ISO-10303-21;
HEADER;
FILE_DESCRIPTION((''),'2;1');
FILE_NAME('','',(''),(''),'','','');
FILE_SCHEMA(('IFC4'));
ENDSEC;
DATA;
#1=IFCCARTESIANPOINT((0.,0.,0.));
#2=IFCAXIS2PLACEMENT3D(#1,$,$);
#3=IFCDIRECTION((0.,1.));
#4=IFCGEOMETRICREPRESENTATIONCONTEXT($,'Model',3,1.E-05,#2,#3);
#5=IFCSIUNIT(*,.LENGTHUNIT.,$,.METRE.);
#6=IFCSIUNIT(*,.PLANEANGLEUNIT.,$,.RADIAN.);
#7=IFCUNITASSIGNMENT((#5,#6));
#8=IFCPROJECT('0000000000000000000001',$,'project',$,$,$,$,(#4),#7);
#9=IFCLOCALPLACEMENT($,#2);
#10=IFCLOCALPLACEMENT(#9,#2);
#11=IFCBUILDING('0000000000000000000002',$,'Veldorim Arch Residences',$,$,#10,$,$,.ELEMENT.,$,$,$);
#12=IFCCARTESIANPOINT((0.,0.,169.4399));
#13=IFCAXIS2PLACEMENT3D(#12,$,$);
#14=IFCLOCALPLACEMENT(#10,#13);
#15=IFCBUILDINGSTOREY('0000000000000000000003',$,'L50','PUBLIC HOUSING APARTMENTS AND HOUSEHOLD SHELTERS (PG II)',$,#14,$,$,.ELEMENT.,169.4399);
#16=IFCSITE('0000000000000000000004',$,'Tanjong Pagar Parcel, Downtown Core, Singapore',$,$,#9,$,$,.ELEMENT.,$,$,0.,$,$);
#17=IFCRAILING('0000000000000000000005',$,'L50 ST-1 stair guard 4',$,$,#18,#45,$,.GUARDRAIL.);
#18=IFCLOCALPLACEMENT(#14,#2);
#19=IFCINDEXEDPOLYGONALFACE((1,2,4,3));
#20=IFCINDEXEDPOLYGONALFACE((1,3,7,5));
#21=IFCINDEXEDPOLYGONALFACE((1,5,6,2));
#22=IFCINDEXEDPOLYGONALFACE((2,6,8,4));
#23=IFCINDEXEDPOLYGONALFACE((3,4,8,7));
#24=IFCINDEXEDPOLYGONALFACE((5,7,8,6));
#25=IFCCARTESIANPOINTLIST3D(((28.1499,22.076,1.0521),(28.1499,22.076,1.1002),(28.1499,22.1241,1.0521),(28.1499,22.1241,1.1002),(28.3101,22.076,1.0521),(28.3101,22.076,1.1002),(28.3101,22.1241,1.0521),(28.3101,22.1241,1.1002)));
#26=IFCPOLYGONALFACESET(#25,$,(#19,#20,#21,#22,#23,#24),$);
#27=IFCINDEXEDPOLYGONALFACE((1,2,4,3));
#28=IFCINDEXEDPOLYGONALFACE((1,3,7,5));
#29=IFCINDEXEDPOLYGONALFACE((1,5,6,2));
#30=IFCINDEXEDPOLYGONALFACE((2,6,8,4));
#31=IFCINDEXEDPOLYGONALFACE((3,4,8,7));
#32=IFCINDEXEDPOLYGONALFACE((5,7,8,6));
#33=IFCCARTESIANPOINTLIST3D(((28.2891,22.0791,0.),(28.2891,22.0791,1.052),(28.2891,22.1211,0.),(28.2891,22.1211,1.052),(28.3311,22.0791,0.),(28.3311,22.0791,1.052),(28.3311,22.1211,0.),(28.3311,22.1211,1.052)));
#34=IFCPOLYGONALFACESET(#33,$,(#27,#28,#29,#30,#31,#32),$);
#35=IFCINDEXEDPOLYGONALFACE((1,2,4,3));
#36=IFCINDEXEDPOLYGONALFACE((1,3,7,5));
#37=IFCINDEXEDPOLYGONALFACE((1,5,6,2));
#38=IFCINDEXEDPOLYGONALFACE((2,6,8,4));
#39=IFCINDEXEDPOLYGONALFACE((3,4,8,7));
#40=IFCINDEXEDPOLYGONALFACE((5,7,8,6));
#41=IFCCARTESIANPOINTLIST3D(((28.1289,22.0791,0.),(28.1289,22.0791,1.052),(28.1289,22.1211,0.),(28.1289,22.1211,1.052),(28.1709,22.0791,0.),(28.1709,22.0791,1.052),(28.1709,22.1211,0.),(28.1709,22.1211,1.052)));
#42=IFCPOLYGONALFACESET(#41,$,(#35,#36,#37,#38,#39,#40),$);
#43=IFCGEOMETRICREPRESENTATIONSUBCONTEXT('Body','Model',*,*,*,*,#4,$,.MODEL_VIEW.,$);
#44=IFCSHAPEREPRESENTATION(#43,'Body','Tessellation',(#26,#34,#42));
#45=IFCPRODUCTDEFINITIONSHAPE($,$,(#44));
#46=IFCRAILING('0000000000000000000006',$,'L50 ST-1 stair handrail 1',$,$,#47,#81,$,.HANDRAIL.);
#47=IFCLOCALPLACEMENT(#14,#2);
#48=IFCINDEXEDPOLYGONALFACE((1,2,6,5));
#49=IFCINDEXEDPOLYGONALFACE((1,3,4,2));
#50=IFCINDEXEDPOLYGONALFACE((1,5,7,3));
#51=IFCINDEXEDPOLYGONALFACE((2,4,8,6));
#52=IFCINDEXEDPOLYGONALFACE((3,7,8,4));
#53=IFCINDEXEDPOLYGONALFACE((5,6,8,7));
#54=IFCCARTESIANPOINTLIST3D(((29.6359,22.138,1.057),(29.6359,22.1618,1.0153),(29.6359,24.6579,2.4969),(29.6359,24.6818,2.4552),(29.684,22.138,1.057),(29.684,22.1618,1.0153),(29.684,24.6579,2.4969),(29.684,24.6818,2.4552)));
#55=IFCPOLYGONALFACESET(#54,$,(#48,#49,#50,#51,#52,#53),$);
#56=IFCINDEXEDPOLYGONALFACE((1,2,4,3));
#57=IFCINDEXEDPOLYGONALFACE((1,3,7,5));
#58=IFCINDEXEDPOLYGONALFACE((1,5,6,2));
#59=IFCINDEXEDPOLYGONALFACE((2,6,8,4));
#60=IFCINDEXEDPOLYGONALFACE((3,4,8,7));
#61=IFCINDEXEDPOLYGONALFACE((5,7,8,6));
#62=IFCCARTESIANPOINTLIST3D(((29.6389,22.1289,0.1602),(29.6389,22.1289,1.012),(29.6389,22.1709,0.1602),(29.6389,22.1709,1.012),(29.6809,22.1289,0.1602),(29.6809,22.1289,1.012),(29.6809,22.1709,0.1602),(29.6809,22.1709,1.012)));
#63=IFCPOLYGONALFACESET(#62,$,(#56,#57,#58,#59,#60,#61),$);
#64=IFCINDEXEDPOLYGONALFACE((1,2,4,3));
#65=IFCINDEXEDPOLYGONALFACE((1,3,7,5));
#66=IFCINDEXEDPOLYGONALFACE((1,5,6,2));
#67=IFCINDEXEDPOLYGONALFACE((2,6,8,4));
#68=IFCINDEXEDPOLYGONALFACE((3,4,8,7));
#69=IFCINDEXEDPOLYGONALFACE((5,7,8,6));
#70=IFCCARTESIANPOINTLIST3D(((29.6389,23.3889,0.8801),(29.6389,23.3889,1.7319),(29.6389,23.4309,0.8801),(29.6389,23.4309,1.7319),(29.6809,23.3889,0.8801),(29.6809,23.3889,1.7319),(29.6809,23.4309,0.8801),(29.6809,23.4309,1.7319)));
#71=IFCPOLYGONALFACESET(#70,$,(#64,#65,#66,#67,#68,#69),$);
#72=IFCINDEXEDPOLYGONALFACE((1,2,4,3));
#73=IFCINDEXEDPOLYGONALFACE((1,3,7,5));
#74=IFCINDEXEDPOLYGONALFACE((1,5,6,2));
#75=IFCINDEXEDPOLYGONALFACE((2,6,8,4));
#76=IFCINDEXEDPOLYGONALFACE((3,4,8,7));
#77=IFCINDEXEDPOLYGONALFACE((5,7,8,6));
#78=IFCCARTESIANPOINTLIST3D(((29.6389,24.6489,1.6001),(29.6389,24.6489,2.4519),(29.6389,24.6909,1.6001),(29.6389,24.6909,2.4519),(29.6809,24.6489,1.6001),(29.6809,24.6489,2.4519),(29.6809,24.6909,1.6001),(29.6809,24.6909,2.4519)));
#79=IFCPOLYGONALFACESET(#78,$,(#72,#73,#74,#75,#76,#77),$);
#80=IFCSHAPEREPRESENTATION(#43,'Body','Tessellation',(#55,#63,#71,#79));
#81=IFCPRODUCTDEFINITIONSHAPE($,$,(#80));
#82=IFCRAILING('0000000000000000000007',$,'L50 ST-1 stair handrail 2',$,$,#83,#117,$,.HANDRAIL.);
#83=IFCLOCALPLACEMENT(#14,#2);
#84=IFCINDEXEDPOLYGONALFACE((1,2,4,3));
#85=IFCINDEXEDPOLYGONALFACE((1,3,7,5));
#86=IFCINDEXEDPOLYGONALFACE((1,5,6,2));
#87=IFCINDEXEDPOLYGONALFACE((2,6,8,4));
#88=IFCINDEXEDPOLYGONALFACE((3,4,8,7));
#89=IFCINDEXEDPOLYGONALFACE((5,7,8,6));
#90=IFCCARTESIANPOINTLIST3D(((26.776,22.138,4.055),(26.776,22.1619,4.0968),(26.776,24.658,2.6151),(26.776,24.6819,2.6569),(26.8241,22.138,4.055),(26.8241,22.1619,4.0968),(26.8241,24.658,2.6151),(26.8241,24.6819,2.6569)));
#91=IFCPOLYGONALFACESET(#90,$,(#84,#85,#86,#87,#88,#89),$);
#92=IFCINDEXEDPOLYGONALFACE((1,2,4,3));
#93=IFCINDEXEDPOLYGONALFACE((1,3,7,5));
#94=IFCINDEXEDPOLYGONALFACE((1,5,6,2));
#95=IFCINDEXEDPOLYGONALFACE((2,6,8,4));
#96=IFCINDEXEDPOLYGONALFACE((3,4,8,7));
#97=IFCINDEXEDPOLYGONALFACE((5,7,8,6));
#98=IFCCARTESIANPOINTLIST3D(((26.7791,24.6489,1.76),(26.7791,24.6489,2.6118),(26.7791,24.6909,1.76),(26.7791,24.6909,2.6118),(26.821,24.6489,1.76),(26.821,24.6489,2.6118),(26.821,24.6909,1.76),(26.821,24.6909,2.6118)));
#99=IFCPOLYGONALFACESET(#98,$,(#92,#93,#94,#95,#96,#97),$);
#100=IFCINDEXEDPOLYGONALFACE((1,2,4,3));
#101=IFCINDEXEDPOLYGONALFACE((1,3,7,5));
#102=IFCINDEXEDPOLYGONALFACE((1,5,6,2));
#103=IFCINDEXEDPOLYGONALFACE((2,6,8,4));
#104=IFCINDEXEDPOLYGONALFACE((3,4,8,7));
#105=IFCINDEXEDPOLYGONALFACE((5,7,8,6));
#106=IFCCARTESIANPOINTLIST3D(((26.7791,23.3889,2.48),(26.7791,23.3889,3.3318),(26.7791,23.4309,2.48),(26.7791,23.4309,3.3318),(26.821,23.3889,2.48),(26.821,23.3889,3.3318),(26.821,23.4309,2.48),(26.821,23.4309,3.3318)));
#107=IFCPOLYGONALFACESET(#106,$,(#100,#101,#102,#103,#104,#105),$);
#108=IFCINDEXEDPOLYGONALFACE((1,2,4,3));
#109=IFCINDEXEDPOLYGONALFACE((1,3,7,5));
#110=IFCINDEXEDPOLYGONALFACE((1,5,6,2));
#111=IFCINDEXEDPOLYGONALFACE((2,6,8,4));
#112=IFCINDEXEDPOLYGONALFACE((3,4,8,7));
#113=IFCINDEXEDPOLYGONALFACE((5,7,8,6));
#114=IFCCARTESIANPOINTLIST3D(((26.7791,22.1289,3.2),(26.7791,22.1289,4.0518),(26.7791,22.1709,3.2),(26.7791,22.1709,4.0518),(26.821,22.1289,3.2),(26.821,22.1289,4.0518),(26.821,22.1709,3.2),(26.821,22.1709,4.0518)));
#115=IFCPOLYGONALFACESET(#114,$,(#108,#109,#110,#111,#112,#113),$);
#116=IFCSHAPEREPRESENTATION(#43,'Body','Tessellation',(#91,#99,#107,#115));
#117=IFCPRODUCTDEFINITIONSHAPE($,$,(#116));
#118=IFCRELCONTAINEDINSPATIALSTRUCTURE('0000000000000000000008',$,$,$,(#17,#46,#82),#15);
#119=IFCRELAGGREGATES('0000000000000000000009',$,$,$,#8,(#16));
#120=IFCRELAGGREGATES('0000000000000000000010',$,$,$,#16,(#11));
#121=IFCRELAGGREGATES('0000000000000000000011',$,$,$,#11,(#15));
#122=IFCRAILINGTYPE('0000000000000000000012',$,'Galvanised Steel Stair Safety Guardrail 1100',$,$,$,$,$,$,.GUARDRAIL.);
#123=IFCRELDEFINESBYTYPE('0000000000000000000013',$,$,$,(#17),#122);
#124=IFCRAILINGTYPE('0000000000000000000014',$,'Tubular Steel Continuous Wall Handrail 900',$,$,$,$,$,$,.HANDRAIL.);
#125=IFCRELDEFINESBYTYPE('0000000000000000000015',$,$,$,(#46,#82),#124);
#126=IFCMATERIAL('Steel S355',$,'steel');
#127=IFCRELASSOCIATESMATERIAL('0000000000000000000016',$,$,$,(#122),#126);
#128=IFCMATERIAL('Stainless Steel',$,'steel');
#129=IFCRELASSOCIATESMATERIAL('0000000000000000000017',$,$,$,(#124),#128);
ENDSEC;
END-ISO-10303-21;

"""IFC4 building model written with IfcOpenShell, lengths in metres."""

from ifc_helpers import new_model, si_unit, direction, frame, origin, origin_2d, place, context, subcontext, project, spatial, rectangle, extrude, material, type_object, element, save


model = new_model("IFC4")

# Units and contexts
model_context = context("Model", 3, precision=1e-05, world=origin(), true_north=direction((0.0, 1.0)))
body_context = subcontext(model_context, "Body", "Model", "MODEL_VIEW")
ifc_project = project(units=[si_unit("LENGTHUNIT", "METRE"), si_unit("PLANEANGLEUNIT", "RADIAN")], contexts=[model_context])

# Site, building, storey
site_placement = place(None, origin())
site = spatial("IfcSite", under=ifc_project, at=site_placement, Name="Tanjong Pagar Parcel, Downtown Core, Singapore", CompositionType="ELEMENT", RefElevation=0.0)
building_placement = place(site_placement, origin())
building = spatial("IfcBuilding", under=site, at=building_placement, Name="Veldorim Arch Residences", CompositionType="ELEMENT")
storey_placement = place(building_placement, frame((0.0, 0.0, 169.4399)))
storey = spatial("IfcBuildingStorey", under=building, at=storey_placement, Name="L50", Description="PUBLIC HOUSING APARTMENTS AND HOUSEHOLD SHELTERS (PG II)", CompositionType="ELEMENT", Elevation=169.4399)

# Railings
ifc_material_1 = material(Name="Steel S355", Category="steel")
railing_type_1 = type_object("IfcRailingType", Name="Galvanised Steel Stair Safety Guardrail 1100", PredefinedType="GUARDRAIL", material=ifc_material_1)
railing_1_placement = place(storey_placement, frame((28.3101, 22.1001, 0.0)))
element("IfcRailing", 1, at=railing_1_placement, inside=storey, type_object=railing_type_1, Name="L50 ST-1 stair guard 4", PredefinedType="GUARDRAIL", context=body_context, shape_type="SweptSolid", body=[
    extrude(rectangle(XDim=0.0481, YDim=0.0481, at=origin_2d()), frame((0.0, 0.0, 1.0762), z_axis=(-1.0, 0.0, 0.0), x_axis=(0.0, -1.0, 0.0)), (0.0, 0.0, 1.0), 0.1602),
    extrude(rectangle(XDim=0.042, YDim=0.042, at=origin_2d()), origin(), (0.0, 0.0, 1.0), 1.052),
    extrude(rectangle(XDim=0.042, YDim=0.042, at=origin_2d()), frame((-0.1602, 0.0, 0.0)), (0.0, 0.0, 1.0), 1.052),
])
ifc_material_2 = material(Name="Stainless Steel", Category="steel")
railing_type_2 = type_object("IfcRailingType", Name="Tubular Steel Continuous Wall Handrail 900", PredefinedType="HANDRAIL", material=ifc_material_2)
railing_2_placement = place(storey_placement, frame((29.6599, 22.1499, 0.1602)))
element("IfcRailing", 2, at=railing_2_placement, inside=storey, type_object=railing_type_2, Name="L50 ST-1 stair handrail 1", PredefinedType="HANDRAIL", context=body_context, shape_type="SweptSolid", body=[
    extrude(rectangle(XDim=0.0481, YDim=0.0481, at=origin_2d()), frame((0.0, 0.0, 0.876), z_axis=(0.0, 0.868253, 0.496121), x_axis=(-1.0, 0.0, 0.0)), (0.0, 0.0, 1.0), 2.9023),
    extrude(rectangle(XDim=0.042, YDim=0.042, at=origin_2d()), origin(), (0.0, 0.0, 1.0), 0.8518),
    extrude(rectangle(XDim=0.042, YDim=0.042, at=origin_2d()), frame((0.0, 1.26, 0.72)), (0.0, 0.0, 1.0), 0.8518),
    extrude(rectangle(XDim=0.042, YDim=0.042, at=origin_2d()), frame((0.0, 2.52, 1.4399)), (0.0, 0.0, 1.0), 0.8518),
])
railing_3_placement = place(storey_placement, frame((26.8, 24.6699, 1.76)))
element("IfcRailing", 3, at=railing_3_placement, inside=storey, type_object=railing_type_2, Name="L50 ST-1 stair handrail 2", PredefinedType="HANDRAIL", context=body_context, shape_type="SweptSolid", body=[
    extrude(rectangle(XDim=0.0481, YDim=0.0481, at=origin_2d()), frame((0.0, 0.0, 0.876), z_axis=(0.0, -0.868253, 0.496121), x_axis=(1.0, 0.0, 0.0)), (0.0, 0.0, 1.0), 2.9023),
    extrude(rectangle(XDim=0.042, YDim=0.042, at=origin_2d()), origin(), (0.0, 0.0, 1.0), 0.8518),
    extrude(rectangle(XDim=0.042, YDim=0.042, at=origin_2d()), frame((0.0, -1.26, 0.72)), (0.0, 0.0, 1.0), 0.8518),
    extrude(rectangle(XDim=0.042, YDim=0.042, at=origin_2d()), frame((0.0, -2.52, 1.4399)), (0.0, 0.0, 1.0), 0.8518),
])

save(model, "model.ifc")
